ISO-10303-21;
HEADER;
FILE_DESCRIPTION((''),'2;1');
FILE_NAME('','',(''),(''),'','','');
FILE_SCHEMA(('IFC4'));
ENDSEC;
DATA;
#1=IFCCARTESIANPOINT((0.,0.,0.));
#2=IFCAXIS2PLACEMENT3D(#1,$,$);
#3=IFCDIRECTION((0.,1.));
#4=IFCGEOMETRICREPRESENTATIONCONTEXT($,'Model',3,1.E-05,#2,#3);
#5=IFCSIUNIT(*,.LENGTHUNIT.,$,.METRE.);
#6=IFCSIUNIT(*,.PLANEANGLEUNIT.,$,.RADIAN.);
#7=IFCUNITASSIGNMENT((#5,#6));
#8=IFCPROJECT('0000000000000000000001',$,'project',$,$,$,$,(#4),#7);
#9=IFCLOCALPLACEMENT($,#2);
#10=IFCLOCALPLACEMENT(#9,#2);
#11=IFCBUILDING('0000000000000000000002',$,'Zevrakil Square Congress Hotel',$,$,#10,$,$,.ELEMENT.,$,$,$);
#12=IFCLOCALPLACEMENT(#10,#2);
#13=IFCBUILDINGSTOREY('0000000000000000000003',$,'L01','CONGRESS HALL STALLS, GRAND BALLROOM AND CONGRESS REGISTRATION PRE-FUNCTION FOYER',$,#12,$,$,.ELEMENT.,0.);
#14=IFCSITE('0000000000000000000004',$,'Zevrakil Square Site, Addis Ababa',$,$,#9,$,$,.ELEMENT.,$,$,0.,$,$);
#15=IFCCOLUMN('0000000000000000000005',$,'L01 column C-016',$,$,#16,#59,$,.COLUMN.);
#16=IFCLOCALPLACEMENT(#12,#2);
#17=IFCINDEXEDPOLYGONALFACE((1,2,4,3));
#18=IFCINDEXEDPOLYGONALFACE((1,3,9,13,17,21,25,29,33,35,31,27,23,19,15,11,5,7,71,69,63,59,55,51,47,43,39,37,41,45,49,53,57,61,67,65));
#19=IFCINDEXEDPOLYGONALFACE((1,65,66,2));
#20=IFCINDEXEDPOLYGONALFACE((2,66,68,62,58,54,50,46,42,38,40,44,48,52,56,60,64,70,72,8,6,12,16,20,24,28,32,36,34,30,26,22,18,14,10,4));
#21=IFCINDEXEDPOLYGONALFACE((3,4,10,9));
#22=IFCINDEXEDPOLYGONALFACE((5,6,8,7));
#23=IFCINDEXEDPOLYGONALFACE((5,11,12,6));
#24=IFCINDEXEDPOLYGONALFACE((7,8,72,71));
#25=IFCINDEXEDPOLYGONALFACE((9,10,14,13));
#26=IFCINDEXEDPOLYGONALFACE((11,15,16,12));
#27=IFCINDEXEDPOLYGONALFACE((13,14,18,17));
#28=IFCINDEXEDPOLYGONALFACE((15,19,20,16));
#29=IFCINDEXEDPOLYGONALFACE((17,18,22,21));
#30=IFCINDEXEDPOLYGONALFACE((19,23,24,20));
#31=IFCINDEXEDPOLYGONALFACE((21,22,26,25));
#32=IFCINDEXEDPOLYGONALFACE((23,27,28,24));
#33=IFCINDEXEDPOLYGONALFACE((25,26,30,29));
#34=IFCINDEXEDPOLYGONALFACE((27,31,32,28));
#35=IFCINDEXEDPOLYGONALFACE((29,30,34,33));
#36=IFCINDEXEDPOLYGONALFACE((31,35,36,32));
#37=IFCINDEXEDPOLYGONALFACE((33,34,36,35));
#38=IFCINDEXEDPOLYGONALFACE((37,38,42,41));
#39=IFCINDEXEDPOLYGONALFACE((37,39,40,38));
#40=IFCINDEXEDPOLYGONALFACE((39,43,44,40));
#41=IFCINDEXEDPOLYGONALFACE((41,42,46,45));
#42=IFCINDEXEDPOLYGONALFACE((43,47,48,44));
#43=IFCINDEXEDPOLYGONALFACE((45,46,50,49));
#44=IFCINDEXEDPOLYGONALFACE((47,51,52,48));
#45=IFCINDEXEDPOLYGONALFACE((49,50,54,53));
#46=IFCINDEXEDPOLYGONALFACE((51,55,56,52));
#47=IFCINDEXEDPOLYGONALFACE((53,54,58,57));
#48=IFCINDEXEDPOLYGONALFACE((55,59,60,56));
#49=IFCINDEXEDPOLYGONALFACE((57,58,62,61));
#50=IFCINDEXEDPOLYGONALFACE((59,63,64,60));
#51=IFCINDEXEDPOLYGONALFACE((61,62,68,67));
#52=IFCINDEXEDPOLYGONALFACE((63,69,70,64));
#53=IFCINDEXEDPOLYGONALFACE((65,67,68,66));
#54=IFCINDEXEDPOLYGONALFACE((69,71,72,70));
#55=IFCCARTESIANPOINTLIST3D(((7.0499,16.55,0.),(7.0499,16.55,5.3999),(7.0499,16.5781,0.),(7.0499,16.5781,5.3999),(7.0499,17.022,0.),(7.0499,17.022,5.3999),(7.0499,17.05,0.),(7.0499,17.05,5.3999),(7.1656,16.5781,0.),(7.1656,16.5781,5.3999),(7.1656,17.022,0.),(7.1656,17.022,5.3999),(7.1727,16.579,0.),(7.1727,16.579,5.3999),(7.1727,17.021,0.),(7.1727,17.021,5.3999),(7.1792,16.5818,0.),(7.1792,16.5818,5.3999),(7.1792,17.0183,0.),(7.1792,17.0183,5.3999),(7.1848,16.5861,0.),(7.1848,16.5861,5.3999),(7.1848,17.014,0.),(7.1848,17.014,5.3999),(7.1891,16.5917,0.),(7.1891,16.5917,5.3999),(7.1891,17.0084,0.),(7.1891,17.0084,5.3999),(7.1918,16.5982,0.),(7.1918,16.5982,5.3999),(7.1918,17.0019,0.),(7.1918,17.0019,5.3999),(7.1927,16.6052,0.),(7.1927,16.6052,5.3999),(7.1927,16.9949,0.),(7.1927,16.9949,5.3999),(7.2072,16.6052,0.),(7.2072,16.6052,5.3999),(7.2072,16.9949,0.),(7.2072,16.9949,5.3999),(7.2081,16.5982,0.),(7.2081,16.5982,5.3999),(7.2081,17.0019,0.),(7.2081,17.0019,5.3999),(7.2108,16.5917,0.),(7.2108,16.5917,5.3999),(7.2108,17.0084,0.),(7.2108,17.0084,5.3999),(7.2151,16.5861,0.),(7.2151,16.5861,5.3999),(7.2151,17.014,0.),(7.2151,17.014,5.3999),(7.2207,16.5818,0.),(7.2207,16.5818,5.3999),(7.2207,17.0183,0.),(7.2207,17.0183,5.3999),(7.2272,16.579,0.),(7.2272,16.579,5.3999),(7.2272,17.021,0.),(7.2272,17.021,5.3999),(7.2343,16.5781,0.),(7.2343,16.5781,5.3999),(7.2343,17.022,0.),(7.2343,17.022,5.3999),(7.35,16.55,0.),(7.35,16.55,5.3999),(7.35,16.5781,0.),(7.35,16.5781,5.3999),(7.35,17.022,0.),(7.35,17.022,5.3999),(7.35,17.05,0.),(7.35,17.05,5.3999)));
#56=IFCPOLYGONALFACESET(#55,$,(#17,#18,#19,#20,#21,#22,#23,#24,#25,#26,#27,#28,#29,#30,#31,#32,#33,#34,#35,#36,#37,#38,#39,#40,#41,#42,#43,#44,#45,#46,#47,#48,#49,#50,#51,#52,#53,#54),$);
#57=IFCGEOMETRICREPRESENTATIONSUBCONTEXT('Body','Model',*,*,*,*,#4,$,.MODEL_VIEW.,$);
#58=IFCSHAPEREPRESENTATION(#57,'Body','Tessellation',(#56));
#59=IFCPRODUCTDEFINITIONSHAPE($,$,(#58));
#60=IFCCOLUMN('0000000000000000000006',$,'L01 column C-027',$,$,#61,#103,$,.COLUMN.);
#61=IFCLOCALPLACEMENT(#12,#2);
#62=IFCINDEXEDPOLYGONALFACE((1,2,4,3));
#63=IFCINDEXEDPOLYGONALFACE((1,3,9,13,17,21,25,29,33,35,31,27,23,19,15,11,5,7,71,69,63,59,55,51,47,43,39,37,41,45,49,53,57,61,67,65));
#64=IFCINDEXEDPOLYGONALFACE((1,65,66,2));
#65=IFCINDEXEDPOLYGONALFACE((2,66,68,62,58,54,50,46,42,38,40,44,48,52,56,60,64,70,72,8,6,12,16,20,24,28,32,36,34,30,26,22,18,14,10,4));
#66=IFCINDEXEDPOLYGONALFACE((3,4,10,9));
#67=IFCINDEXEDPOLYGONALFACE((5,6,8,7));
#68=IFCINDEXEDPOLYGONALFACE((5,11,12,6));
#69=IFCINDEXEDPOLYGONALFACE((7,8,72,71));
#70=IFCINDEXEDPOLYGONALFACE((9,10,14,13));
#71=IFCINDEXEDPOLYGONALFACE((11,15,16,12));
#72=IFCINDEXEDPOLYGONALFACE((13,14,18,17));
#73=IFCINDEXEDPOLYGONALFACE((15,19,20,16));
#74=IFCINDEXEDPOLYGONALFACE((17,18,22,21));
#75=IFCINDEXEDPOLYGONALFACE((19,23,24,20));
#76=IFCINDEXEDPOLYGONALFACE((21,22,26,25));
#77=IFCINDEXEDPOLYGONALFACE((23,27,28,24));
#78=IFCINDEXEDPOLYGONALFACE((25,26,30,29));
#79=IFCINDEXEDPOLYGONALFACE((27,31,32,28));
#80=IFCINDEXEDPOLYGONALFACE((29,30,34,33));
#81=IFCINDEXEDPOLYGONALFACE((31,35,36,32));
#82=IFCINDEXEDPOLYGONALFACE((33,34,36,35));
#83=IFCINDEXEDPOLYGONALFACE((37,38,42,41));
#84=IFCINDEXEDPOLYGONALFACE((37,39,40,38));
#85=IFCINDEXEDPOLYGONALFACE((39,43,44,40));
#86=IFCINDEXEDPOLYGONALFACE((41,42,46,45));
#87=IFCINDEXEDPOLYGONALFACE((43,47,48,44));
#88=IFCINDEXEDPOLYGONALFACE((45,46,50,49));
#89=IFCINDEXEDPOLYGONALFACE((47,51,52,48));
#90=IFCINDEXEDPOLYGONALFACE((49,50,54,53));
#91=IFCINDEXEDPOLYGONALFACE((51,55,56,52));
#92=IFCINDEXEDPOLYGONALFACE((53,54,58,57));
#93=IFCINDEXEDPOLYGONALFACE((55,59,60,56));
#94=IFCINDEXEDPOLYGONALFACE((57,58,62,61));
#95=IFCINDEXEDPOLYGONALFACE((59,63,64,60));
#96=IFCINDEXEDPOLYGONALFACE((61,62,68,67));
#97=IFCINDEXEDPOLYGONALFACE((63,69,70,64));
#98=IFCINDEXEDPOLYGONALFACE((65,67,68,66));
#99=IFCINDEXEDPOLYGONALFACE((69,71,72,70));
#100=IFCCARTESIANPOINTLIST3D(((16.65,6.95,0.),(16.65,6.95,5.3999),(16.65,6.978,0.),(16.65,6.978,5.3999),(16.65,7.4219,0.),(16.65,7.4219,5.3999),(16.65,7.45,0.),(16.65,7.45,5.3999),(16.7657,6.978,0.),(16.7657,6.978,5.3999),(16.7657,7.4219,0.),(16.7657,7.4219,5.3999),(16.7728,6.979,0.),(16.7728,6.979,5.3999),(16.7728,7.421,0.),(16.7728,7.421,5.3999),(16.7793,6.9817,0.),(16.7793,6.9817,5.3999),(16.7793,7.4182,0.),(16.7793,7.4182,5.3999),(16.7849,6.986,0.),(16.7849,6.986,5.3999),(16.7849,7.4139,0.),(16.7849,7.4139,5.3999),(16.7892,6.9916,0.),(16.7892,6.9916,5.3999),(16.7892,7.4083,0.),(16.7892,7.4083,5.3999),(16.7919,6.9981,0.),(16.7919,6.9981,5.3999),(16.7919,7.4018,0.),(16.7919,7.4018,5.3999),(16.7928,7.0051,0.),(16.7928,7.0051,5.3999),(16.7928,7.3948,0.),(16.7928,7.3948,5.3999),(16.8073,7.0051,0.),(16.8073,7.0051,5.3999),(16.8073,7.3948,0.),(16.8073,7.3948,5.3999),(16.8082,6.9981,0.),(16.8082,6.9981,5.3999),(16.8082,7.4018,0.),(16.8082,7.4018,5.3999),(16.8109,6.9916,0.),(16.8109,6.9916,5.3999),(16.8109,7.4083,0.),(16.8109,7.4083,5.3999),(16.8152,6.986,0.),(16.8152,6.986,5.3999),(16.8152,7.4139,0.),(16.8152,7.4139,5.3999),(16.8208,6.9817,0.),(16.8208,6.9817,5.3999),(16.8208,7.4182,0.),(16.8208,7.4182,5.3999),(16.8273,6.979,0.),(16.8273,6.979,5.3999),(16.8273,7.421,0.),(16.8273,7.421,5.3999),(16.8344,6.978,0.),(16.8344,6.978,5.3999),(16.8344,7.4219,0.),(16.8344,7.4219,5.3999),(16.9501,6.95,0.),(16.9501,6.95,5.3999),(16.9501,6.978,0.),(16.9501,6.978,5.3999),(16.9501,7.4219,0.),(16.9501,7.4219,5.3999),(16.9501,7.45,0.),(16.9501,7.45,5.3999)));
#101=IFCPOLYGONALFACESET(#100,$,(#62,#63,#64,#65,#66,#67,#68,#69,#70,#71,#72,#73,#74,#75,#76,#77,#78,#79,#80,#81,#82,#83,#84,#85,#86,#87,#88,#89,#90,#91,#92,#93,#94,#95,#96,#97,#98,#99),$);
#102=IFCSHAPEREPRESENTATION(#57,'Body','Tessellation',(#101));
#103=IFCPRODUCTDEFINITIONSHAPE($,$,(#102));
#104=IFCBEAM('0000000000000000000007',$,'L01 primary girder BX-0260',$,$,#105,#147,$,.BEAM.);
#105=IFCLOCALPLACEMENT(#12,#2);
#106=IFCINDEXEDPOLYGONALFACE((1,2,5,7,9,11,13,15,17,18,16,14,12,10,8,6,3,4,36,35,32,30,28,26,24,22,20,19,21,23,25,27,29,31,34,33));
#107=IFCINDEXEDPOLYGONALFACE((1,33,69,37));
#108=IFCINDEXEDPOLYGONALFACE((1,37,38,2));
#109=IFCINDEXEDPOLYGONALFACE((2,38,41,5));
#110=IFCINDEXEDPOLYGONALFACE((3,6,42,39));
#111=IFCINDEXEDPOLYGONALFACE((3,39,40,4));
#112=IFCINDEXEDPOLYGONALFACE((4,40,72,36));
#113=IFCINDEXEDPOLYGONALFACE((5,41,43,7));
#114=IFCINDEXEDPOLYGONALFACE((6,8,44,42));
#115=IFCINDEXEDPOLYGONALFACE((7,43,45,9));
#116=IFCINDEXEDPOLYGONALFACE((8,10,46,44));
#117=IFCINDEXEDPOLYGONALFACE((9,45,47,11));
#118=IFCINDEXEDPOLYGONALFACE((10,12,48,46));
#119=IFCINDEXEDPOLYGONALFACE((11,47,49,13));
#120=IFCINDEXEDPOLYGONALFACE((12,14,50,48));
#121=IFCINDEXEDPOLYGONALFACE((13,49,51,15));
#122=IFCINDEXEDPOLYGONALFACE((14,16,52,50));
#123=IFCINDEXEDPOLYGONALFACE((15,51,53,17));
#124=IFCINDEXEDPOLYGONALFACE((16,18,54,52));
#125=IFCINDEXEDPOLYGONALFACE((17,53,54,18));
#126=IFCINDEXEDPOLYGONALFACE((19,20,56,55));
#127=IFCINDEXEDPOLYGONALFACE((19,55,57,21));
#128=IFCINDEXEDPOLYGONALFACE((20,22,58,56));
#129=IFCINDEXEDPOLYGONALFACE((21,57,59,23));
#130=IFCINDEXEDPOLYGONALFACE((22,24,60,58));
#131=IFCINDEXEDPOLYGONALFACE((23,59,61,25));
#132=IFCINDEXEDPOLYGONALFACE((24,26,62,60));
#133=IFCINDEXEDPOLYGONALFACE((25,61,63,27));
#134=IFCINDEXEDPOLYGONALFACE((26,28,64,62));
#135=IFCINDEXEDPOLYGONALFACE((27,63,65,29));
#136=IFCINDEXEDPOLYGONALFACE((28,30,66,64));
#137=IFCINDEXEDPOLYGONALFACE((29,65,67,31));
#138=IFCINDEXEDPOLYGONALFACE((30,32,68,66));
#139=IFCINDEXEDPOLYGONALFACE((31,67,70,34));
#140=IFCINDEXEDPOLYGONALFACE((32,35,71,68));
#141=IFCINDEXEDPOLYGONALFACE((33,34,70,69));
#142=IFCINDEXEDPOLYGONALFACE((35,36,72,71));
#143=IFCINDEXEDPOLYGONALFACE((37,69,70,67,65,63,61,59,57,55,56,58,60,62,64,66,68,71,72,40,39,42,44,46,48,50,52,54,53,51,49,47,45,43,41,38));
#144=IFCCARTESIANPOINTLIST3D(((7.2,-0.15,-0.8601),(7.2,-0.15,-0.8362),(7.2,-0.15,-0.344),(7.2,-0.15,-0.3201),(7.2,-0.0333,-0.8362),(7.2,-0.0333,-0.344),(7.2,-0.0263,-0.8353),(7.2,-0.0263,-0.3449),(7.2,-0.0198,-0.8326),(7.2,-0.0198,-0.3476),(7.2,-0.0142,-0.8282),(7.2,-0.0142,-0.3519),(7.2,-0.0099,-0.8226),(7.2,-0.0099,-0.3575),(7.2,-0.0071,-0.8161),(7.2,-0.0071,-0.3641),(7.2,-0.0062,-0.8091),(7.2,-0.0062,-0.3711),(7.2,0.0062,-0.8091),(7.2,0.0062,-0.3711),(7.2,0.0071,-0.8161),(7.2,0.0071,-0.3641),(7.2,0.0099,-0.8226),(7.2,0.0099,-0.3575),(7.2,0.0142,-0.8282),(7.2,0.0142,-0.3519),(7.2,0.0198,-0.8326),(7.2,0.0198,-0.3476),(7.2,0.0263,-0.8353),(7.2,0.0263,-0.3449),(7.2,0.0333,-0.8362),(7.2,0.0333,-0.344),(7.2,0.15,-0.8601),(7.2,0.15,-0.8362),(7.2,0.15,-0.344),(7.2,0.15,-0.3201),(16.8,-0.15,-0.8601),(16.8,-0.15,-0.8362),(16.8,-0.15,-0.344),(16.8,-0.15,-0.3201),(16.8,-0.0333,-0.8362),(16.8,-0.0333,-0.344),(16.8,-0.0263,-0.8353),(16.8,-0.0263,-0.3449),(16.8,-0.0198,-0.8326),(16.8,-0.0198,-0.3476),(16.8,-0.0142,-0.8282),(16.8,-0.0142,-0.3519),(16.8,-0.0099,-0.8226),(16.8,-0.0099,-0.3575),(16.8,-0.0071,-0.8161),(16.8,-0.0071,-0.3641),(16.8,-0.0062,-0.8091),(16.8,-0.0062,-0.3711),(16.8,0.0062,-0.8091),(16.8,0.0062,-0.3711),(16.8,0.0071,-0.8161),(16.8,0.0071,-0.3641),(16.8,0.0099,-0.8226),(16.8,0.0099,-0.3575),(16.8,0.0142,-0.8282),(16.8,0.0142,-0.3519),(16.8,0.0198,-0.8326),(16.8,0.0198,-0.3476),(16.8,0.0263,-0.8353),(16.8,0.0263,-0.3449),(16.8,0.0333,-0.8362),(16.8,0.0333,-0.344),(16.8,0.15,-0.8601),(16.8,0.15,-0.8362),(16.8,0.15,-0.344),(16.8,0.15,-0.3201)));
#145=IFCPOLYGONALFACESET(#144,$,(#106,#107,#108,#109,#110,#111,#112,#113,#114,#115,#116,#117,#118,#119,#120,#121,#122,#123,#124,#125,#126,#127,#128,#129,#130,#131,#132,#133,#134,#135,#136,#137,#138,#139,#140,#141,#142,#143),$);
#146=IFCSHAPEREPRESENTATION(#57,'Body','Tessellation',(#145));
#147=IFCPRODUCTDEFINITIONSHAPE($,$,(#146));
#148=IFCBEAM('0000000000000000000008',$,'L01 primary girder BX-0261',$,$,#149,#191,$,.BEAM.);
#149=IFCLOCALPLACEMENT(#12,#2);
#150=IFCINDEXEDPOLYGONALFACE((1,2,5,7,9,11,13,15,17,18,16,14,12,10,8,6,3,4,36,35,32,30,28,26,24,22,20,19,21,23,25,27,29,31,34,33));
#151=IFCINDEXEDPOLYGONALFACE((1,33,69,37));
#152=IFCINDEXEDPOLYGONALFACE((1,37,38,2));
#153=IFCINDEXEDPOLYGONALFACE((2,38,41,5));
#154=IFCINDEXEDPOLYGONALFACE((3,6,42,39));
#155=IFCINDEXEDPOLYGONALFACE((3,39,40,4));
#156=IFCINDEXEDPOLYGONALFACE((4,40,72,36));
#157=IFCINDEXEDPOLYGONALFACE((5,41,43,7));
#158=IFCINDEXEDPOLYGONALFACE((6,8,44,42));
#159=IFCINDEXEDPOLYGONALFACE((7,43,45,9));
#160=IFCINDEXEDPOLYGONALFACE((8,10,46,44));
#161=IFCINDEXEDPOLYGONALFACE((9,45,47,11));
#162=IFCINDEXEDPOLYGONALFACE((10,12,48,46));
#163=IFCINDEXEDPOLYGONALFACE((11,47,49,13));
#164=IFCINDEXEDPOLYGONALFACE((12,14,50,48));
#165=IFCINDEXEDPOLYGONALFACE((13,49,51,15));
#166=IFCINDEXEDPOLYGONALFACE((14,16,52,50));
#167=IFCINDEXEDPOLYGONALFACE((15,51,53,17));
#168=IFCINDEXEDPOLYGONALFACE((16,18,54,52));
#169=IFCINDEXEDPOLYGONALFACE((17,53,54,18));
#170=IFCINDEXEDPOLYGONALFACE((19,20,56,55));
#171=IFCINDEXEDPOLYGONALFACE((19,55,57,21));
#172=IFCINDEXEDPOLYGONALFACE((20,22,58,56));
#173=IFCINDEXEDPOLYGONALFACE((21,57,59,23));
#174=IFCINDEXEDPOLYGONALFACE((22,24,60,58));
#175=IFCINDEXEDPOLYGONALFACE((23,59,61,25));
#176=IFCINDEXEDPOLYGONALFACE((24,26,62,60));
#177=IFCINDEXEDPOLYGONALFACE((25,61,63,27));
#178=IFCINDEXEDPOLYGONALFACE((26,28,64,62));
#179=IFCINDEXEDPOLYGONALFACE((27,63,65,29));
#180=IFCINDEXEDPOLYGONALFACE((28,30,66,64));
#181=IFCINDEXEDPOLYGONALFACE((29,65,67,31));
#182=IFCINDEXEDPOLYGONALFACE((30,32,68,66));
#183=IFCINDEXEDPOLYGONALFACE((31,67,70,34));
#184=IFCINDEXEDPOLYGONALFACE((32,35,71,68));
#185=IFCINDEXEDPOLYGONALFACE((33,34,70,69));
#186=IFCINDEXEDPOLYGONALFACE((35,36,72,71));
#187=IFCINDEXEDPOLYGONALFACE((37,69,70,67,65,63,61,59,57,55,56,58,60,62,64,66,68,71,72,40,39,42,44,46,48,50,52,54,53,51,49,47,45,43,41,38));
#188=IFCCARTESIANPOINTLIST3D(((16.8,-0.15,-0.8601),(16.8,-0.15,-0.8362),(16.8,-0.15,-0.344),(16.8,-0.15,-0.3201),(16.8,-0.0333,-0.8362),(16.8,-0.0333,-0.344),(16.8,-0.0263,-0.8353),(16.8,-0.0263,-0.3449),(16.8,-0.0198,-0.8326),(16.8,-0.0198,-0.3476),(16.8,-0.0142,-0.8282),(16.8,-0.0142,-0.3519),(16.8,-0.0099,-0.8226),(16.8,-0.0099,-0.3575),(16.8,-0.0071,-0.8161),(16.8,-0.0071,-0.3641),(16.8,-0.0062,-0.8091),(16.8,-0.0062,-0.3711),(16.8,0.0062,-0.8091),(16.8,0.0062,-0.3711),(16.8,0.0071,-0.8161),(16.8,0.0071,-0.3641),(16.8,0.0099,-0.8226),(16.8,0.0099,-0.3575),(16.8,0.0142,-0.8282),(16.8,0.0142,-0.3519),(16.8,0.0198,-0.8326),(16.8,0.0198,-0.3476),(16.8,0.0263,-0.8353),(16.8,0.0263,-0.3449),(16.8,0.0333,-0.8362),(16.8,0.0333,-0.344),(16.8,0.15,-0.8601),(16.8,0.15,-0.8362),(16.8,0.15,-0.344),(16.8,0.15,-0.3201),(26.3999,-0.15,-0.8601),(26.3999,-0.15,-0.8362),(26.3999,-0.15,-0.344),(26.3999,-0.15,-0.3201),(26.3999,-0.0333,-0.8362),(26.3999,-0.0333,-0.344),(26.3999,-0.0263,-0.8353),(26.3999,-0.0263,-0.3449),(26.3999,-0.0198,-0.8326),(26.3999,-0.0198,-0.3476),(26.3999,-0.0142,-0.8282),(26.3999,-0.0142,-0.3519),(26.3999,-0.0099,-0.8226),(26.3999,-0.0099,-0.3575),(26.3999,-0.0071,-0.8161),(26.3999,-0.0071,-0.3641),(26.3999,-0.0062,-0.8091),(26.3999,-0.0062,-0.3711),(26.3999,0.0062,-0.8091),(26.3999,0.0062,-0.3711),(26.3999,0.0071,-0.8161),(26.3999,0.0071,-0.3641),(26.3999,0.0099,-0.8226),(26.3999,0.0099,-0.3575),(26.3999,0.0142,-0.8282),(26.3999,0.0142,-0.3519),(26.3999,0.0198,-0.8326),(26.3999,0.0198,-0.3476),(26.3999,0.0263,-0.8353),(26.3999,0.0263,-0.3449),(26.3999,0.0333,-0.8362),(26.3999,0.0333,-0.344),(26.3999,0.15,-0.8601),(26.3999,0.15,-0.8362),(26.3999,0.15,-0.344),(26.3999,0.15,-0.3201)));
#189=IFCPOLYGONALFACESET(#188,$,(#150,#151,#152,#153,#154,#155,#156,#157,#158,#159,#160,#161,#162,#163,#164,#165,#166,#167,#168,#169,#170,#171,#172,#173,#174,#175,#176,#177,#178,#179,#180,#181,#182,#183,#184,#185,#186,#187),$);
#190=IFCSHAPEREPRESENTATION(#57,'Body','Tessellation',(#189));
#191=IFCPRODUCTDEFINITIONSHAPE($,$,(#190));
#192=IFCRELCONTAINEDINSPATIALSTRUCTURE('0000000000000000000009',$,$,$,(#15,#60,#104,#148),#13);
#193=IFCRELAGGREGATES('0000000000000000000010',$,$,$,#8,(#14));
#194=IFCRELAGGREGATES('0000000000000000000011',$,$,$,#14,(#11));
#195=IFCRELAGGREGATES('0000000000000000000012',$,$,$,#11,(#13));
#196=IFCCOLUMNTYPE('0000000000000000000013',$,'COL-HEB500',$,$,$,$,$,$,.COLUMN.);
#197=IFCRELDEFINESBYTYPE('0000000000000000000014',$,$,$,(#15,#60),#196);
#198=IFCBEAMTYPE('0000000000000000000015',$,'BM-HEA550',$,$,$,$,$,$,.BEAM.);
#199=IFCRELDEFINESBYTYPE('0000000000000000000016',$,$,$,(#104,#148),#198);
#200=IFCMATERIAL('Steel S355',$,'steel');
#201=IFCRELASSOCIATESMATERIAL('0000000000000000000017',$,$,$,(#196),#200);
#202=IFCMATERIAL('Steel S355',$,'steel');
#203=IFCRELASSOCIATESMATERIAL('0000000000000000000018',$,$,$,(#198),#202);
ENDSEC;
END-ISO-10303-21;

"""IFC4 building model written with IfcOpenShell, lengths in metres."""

from ifc_helpers import new_model, si_unit, direction, frame, origin, origin_2d, place, context, subcontext, project, spatial, i_section, extrude, material, material_profile, profile_set, type_object, element, save


model = new_model("IFC4")

# Units and contexts
model_context = context("Model", 3, precision=1e-05, world=origin(), true_north=direction((0.0, 1.0)))
body_context = subcontext(model_context, "Body", "Model", "MODEL_VIEW")
ifc_project = project(units=[si_unit("LENGTHUNIT", "METRE"), si_unit("PLANEANGLEUNIT", "RADIAN")], contexts=[model_context])

# Site, building, storey
site_placement = place(None, origin())
site = spatial("IfcSite", under=ifc_project, at=site_placement, Name="Zevrakil Square Site, Addis Ababa", CompositionType="ELEMENT", RefElevation=0.0)
building_placement = place(site_placement, origin())
building = spatial("IfcBuilding", under=site, at=building_placement, Name="Zevrakil Square Congress Hotel", CompositionType="ELEMENT")
storey_placement = place(building_placement, origin())
storey = spatial("IfcBuildingStorey", under=building, at=storey_placement, Name="L01", Description="CONGRESS HALL STALLS, GRAND BALLROOM AND CONGRESS REGISTRATION PRE-FUNCTION FOYER", CompositionType="ELEMENT", Elevation=0.0)

# Columns
ifc_material_1 = material(Name="Steel S355", Category="steel")
ifc_material_profile_1 = material_profile(ifc_material_1, i_section(OverallWidth=0.3, OverallDepth=0.5, WebThickness=0.0144, FlangeThickness=0.0281, FilletRadius=0.0271, at=origin_2d()), Name="HEB 500")
ifc_profile_set_1 = profile_set([ifc_material_profile_1], Name="Steel S355")
column_type_1 = type_object("IfcColumnType", Name="COL-HEB500", PredefinedType="COLUMN", material=ifc_profile_set_1)
for number, where, z_axis, x_axis, name in (
    (1, (7.2, 16.8, 0.0), (0.0, 0.0, 1.0), (1.0, 0.0, 0.0), "L01 column C-016"),
    (2, (16.8, 7.2, 0.0), (0.0, 0.0, 1.0), (1.0, 0.0, 0.0), "L01 column C-027"),
):
    element("IfcColumn", number, at=place(storey_placement, frame(where, z_axis=z_axis, x_axis=x_axis)), inside=storey, type_object=column_type_1, Name=name, PredefinedType="COLUMN", context=body_context, shape_type="SweptSolid", body=[
        extrude(i_section(OverallWidth=0.3, OverallDepth=0.5, WebThickness=0.0144, FlangeThickness=0.0281, FilletRadius=0.0271, at=origin_2d()), origin(), (0.0, 0.0, 1.0), 5.3999),
    ])

# Beams
ifc_material_2 = material(Name="Steel S355", Category="steel")
ifc_material_profile_2 = material_profile(ifc_material_2, i_section(OverallWidth=0.3, OverallDepth=0.54, WebThickness=0.0125, FlangeThickness=0.0239, FilletRadius=0.0271, at=origin_2d()), Name="HEA 550")
ifc_profile_set_2 = profile_set([ifc_material_profile_2], Name="Steel S355")
beam_type_1 = type_object("IfcBeamType", Name="BM-HEA550", PredefinedType="BEAM", material=ifc_profile_set_2)
beam_1_placement = place(storey_placement, frame((7.2, 0.0, -0.5901), z_axis=(1.0, 0.0, 0.0), x_axis=(0.0, 1.0, 0.0)))
element("IfcBeam", 3, at=beam_1_placement, inside=storey, type_object=beam_type_1, Name="L01 primary girder BX-0260", PredefinedType="BEAM", context=body_context, shape_type="SweptSolid", body=[
    extrude(i_section(OverallWidth=0.3, OverallDepth=0.54, WebThickness=0.0125, FlangeThickness=0.0239, FilletRadius=0.0271, at=origin_2d()), origin(), (0.0, 0.0, 1.0), 9.6001),
])
beam_2_placement = place(storey_placement, frame((16.8, 0.0, -0.5901), z_axis=(1.0, 0.0, 0.0), x_axis=(0.0, 1.0, 0.0)))
element("IfcBeam", 4, at=beam_2_placement, inside=storey, type_object=beam_type_1, Name="L01 primary girder BX-0261", PredefinedType="BEAM", context=body_context, shape_type="SweptSolid", body=[
    extrude(i_section(OverallWidth=0.3, OverallDepth=0.54, WebThickness=0.0125, FlangeThickness=0.0239, FilletRadius=0.0271, at=origin_2d()), origin(), (0.0, 0.0, 1.0), 9.5999),
])

save(model, "model.ifc")
